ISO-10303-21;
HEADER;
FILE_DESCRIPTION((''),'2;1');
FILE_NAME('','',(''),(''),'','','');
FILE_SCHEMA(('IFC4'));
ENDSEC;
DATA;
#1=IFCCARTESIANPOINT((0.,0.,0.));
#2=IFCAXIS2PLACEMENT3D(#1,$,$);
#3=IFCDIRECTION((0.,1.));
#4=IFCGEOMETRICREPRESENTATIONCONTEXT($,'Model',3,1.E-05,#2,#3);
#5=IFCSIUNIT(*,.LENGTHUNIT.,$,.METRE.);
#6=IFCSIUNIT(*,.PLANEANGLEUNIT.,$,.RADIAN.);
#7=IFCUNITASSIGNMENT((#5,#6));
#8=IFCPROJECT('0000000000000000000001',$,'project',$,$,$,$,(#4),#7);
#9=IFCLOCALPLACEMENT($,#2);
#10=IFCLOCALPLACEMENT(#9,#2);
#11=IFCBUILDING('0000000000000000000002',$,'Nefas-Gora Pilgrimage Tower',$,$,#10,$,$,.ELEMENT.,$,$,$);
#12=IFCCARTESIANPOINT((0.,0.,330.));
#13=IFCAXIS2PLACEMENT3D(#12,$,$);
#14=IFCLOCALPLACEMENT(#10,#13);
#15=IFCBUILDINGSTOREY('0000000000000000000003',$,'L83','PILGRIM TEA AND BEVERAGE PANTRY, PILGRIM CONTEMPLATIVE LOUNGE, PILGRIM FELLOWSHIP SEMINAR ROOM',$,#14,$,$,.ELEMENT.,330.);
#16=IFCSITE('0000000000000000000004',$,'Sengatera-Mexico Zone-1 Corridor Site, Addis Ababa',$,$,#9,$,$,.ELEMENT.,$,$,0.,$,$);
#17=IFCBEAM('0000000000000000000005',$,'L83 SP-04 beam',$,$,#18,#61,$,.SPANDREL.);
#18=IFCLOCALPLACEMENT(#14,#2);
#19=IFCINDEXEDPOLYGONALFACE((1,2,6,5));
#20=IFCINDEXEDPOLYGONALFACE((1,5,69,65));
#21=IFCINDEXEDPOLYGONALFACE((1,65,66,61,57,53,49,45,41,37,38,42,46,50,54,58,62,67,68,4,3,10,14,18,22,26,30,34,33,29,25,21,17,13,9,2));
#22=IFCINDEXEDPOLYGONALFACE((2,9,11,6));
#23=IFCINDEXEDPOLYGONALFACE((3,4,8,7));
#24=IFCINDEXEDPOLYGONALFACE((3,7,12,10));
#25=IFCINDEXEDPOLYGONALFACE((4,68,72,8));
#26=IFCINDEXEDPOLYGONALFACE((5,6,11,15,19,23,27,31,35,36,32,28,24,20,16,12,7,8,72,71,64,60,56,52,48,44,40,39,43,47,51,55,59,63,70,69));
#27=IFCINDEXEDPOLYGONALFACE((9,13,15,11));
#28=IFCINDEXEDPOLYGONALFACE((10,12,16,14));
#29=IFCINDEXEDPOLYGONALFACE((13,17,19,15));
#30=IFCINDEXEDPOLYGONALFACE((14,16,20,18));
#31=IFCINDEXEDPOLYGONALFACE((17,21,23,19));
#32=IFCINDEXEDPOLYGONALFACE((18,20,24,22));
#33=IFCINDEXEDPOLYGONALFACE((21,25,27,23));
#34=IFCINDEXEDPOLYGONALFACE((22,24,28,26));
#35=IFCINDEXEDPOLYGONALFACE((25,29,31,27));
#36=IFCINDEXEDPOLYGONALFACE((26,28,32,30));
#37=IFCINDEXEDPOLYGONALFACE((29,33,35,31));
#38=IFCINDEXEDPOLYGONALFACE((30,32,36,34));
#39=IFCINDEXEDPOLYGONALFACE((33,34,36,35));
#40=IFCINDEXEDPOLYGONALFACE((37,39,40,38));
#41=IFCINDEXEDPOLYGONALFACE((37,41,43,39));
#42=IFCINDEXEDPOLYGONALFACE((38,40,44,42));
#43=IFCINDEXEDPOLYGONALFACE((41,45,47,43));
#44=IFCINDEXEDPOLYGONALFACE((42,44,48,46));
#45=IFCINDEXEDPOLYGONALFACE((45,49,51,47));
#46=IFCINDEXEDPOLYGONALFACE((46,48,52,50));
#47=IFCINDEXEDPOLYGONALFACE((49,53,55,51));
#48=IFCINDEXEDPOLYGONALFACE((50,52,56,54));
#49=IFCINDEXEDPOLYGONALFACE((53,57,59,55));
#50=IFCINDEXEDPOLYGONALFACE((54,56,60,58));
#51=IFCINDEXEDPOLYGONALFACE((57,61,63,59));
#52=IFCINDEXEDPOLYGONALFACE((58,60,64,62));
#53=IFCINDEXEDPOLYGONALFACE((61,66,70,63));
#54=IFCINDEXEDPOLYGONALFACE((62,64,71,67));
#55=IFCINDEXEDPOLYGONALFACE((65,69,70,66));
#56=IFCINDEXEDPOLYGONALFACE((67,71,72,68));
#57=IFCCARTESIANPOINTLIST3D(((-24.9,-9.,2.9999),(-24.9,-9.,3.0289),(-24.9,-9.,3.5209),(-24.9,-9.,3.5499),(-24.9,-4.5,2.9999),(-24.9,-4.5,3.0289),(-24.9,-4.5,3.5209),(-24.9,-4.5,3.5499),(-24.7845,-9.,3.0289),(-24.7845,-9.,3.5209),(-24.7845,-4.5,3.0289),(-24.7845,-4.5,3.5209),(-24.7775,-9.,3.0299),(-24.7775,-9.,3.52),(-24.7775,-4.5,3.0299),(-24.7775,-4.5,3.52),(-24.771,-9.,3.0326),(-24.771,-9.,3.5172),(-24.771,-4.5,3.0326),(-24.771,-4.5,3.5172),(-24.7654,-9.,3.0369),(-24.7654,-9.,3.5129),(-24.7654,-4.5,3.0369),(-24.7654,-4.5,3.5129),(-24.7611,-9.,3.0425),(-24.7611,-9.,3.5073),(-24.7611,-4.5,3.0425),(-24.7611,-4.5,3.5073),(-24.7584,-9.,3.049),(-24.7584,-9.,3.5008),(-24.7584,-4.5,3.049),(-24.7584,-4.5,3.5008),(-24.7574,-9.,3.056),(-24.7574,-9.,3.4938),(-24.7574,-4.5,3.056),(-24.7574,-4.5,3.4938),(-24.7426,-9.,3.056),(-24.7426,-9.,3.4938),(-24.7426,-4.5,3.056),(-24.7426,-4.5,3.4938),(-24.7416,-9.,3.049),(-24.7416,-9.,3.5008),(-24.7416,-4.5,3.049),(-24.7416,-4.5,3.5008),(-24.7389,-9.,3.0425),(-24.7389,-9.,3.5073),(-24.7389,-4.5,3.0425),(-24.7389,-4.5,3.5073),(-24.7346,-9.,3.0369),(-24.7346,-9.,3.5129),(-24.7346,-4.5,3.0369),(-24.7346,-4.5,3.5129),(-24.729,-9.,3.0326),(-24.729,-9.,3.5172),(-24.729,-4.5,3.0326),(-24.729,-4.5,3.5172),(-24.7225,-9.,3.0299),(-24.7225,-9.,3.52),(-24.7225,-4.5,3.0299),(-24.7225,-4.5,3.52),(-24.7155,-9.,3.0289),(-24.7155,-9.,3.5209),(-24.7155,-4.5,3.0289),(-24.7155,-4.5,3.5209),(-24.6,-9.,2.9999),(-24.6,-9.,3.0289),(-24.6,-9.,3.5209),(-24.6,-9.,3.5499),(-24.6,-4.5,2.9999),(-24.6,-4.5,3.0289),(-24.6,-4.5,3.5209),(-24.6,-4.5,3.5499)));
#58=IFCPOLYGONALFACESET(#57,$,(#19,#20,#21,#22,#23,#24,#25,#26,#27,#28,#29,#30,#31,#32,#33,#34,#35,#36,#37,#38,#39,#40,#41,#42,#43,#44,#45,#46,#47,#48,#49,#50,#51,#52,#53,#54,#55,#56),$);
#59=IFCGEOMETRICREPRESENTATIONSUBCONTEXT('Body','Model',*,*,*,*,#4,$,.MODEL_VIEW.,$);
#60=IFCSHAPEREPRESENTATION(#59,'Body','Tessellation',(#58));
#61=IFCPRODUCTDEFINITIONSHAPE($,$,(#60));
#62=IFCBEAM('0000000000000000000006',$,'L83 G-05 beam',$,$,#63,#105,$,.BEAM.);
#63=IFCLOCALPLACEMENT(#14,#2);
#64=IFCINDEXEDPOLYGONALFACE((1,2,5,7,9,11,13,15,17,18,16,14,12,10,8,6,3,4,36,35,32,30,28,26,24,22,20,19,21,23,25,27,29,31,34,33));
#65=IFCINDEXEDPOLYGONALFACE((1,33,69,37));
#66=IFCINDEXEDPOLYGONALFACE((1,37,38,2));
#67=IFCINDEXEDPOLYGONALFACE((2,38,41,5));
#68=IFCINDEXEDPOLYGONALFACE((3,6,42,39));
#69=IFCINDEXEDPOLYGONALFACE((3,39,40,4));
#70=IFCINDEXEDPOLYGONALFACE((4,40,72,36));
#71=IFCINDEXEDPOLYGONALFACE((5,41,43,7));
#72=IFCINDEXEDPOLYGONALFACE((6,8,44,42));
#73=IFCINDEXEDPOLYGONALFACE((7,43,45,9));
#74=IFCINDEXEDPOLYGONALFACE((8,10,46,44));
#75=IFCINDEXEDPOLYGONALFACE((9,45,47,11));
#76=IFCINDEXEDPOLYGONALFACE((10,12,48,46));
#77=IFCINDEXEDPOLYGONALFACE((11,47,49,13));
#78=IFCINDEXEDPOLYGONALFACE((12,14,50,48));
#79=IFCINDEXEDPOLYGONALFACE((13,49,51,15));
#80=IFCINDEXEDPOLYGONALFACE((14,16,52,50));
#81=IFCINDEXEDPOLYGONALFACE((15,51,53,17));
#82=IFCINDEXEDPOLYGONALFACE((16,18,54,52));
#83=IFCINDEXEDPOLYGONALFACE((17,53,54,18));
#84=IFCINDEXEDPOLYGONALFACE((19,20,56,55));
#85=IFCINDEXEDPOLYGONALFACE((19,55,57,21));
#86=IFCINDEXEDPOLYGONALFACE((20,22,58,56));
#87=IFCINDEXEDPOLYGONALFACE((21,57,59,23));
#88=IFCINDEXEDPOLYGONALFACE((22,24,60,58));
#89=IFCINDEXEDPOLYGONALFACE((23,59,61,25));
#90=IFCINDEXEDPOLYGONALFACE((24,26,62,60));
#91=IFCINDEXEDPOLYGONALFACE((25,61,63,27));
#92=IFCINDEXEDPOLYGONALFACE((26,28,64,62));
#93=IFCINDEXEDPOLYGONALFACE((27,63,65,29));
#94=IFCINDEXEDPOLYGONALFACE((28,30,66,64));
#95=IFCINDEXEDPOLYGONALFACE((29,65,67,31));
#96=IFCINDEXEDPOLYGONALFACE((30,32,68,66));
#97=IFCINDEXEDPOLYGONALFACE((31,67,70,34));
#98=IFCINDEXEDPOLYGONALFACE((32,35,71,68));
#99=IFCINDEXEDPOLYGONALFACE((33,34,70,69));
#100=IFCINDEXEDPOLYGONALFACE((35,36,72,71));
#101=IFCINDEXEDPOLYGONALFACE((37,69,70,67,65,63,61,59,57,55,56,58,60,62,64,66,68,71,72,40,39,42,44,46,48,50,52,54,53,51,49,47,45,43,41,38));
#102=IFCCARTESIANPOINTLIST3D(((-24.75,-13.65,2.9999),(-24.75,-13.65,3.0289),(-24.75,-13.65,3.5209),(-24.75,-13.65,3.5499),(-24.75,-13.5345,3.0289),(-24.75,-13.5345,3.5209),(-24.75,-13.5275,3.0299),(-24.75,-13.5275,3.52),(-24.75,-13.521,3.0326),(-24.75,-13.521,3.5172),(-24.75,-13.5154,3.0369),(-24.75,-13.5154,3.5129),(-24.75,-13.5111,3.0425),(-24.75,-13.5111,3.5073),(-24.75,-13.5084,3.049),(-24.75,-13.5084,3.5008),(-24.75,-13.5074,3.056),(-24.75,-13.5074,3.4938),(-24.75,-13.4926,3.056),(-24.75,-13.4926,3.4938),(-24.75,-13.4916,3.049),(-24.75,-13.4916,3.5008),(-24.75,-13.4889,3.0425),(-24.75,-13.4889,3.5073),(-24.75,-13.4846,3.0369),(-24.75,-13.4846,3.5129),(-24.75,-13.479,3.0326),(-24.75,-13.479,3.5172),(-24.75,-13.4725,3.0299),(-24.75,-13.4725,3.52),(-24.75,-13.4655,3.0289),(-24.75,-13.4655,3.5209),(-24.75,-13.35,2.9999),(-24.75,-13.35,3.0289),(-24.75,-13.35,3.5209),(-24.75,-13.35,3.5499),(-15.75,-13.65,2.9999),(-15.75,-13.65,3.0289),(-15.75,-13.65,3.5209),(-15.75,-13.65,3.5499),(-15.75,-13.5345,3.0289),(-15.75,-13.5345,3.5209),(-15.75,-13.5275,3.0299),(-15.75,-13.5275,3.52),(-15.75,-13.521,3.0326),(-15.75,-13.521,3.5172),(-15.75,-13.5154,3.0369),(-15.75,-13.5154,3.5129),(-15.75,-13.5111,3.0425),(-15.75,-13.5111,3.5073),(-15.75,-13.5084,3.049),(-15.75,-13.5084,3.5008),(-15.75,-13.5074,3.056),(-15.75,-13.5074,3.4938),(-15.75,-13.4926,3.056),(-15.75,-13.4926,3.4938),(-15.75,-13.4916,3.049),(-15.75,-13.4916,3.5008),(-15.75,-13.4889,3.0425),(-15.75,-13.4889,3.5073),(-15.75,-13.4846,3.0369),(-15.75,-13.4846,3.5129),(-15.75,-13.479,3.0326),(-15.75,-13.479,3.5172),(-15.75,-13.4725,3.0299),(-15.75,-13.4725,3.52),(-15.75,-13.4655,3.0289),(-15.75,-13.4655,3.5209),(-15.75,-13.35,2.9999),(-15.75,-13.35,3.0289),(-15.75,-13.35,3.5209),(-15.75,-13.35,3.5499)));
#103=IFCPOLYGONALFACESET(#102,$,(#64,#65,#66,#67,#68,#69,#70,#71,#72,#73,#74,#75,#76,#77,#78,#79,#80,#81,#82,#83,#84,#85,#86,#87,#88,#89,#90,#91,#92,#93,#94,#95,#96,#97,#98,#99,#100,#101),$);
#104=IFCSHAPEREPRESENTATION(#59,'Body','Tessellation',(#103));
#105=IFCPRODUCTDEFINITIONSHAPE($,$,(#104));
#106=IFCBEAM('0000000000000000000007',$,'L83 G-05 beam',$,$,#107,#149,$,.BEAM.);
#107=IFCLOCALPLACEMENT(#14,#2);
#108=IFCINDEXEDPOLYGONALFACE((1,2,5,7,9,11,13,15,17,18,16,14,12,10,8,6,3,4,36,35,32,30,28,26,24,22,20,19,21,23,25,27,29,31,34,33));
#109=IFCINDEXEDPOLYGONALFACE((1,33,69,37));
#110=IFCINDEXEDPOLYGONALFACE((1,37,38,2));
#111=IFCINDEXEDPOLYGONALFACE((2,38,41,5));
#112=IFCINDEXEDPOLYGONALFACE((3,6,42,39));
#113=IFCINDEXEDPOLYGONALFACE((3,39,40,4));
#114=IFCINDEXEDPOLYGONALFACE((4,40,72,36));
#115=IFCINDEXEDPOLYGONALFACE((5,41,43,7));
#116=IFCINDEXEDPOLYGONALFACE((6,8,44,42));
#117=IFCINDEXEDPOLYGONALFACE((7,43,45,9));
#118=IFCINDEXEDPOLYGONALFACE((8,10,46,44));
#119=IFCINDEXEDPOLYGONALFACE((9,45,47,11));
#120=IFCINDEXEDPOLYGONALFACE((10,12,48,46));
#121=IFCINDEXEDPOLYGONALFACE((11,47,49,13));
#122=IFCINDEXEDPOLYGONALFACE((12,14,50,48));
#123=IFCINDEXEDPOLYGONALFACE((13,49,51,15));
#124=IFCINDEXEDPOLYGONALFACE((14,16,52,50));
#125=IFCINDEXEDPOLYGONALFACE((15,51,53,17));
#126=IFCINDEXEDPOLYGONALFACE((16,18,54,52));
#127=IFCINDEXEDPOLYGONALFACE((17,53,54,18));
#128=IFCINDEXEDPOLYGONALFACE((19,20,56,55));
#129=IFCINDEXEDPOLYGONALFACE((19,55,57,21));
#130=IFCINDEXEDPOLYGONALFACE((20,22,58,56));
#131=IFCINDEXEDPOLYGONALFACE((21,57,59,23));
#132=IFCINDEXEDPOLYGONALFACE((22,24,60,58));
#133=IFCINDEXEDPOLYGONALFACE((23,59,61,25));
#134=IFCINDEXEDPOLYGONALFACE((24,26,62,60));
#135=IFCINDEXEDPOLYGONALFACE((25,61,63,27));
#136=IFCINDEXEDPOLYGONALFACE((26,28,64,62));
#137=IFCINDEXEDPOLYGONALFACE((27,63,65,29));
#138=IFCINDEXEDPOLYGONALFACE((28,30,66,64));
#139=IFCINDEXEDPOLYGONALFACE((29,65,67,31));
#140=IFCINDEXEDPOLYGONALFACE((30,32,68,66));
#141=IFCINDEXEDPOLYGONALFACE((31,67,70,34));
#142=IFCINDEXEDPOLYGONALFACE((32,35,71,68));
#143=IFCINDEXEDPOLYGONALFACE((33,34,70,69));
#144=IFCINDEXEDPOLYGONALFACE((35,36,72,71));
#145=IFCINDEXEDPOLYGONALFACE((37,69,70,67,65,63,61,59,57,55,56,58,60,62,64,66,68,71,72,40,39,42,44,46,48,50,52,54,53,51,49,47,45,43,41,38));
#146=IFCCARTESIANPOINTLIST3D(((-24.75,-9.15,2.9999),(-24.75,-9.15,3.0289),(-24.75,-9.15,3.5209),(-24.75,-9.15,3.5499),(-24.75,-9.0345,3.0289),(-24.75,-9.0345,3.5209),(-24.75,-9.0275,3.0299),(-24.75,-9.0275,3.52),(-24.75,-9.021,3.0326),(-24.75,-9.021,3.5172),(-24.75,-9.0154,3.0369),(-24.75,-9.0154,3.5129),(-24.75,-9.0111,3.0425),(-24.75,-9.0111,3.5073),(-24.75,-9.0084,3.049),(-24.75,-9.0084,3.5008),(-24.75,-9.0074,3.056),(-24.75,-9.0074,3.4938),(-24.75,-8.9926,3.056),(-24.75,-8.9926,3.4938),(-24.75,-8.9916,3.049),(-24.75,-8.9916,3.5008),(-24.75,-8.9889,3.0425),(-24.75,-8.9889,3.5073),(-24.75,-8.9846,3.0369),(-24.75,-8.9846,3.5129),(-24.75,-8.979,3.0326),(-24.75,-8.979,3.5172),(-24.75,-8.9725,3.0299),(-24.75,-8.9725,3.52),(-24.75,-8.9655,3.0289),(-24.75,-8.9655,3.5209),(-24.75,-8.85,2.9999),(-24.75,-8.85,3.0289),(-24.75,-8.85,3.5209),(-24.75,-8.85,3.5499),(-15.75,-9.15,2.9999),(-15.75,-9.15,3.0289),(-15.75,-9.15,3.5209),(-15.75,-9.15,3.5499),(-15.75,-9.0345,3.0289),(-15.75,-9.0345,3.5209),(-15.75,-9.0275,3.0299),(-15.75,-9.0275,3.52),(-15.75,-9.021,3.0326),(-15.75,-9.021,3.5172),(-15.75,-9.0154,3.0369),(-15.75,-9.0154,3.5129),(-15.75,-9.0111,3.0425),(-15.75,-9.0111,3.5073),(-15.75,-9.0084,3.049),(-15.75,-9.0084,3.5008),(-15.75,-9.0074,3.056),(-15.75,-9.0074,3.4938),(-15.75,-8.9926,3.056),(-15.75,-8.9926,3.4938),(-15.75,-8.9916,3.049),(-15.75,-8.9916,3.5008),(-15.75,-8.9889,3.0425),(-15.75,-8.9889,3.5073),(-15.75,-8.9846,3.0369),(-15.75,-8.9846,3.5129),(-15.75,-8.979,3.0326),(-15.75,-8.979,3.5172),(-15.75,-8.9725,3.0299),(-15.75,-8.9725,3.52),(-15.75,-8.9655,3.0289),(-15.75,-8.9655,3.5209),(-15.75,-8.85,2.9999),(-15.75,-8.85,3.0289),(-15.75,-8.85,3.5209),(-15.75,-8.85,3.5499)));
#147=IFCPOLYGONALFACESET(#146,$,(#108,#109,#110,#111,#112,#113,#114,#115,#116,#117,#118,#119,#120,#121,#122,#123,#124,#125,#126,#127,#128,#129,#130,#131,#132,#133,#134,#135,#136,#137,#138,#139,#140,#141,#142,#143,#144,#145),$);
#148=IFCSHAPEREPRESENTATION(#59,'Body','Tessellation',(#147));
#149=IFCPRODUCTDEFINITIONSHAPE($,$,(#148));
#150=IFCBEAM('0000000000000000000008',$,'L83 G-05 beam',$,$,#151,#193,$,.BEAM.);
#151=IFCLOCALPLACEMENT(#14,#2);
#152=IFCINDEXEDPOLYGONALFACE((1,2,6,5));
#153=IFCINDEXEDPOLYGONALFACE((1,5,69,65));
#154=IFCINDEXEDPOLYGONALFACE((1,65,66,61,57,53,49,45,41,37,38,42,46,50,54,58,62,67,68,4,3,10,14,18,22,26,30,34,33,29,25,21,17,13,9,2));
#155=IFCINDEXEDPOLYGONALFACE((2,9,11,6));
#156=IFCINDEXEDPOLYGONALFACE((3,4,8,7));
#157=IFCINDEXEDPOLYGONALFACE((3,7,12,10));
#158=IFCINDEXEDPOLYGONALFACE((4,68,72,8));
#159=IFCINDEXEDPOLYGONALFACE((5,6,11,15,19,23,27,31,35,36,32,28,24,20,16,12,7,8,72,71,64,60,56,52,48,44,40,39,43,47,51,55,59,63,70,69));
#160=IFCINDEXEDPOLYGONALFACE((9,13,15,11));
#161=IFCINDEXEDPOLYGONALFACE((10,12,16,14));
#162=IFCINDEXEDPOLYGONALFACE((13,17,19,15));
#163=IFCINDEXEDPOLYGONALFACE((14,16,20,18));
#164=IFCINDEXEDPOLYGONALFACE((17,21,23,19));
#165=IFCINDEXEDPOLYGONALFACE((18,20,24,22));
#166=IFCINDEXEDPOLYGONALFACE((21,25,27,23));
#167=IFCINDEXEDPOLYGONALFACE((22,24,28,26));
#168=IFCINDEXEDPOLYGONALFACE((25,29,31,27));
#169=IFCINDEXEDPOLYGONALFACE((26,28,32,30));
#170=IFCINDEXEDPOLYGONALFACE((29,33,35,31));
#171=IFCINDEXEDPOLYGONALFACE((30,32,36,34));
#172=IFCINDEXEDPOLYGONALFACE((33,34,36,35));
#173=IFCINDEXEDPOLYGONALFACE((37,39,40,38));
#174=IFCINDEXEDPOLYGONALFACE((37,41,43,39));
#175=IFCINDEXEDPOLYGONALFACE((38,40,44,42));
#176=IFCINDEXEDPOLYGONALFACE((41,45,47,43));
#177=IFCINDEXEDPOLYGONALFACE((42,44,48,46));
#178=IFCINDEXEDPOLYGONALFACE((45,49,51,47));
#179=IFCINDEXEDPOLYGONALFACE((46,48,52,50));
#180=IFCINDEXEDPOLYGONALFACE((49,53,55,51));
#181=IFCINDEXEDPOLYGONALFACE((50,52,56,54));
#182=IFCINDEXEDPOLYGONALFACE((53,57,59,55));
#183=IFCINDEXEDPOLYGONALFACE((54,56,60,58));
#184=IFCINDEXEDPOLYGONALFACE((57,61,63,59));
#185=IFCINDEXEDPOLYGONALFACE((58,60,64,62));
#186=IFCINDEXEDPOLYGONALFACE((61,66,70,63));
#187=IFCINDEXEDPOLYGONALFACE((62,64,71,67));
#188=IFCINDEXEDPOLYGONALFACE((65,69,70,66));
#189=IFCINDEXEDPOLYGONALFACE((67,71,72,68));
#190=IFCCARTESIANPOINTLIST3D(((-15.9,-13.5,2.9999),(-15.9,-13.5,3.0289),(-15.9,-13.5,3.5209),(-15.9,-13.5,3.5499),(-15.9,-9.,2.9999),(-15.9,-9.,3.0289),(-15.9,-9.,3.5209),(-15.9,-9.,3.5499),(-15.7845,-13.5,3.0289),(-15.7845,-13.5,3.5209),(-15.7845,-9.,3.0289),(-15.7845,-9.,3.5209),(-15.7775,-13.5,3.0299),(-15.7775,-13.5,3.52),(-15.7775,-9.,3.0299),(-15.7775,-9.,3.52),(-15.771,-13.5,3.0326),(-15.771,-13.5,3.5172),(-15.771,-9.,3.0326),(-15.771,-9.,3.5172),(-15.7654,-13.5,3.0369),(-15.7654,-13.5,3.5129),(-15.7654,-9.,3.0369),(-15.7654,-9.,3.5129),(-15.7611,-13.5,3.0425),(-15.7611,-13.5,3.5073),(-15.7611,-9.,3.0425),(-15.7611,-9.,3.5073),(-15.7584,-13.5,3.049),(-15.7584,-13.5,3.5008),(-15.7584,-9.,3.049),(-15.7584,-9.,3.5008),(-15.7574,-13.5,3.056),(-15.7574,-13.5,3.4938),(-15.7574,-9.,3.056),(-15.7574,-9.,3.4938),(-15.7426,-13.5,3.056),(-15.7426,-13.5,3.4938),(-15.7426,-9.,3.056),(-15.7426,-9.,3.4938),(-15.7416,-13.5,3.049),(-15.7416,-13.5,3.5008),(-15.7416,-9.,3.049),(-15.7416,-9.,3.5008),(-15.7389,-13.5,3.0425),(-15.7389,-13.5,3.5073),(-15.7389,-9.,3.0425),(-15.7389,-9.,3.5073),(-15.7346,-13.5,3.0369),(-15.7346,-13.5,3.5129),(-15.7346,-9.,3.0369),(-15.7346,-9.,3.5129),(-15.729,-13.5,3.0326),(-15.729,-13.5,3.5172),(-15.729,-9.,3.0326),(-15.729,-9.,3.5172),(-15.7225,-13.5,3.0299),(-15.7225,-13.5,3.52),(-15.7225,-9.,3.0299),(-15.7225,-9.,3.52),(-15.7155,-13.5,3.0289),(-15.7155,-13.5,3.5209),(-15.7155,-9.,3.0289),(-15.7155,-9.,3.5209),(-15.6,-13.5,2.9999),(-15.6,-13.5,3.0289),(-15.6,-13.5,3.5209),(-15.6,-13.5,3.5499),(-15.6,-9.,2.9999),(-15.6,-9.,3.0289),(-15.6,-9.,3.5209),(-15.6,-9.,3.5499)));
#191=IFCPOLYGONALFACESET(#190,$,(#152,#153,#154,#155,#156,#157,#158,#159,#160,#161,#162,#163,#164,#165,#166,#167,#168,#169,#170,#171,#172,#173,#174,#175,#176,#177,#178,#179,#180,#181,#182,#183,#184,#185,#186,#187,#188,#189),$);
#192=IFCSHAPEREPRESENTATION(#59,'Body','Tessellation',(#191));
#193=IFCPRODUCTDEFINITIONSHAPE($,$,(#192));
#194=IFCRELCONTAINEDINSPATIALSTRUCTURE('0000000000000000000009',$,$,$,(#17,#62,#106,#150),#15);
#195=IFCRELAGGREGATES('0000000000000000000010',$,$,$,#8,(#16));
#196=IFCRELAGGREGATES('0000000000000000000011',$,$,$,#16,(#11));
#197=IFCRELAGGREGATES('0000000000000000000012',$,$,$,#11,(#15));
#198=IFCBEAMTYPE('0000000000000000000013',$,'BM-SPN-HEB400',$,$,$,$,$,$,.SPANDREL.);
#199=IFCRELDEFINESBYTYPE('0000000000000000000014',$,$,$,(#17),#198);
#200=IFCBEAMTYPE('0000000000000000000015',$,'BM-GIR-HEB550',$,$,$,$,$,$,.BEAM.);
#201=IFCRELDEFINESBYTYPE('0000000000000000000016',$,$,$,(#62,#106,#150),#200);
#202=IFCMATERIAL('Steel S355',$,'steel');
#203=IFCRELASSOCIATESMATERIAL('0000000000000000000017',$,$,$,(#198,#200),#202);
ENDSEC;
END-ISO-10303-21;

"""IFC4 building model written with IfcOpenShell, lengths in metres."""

from ifc_helpers import new_model, si_unit, direction, frame, origin, origin_2d, place, context, subcontext, project, spatial, i_section, extrude, source, transform, mapped, material, material_profile, profile_set, type_object, element, save


model = new_model("IFC4")

# Units and contexts
model_context = context("Model", 3, precision=1e-05, world=origin(), true_north=direction((0.0, 1.0)))
body_context = subcontext(model_context, "Body", "Model", "MODEL_VIEW")
ifc_project = project(units=[si_unit("LENGTHUNIT", "METRE"), si_unit("PLANEANGLEUNIT", "RADIAN")], contexts=[model_context])

# Site, building, storey
site_placement = place(None, origin())
site = spatial("IfcSite", under=ifc_project, at=site_placement, Name="Sengatera-Mexico Zone-1 Corridor Site, Addis Ababa", CompositionType="ELEMENT", RefElevation=0.0)
building_placement = place(site_placement, origin())
building = spatial("IfcBuilding", under=site, at=building_placement, Name="Nefas-Gora Pilgrimage Tower", CompositionType="ELEMENT")
storey_placement = place(building_placement, frame((0.0, 0.0, 330.0)))
storey = spatial("IfcBuildingStorey", under=building, at=storey_placement, Name="L83", Description="PILGRIM TEA AND BEVERAGE PANTRY, PILGRIM CONTEMPLATIVE LOUNGE, PILGRIM FELLOWSHIP SEMINAR ROOM", CompositionType="ELEMENT", Elevation=330.0)

# Shared definitions
ifc_material_1 = material(Name="Steel S355", Category="steel")

# Beams
ifc_material_profile_1 = material_profile(ifc_material_1, i_section(OverallWidth=0.3, OverallDepth=0.55, WebThickness=0.0149, FlangeThickness=0.0291, FilletRadius=0.0271, at=origin_2d()), Name="HEB 550")
ifc_profile_set_1 = profile_set([ifc_material_profile_1], Name="Steel S355")
beam_type_1 = type_object("IfcBeamType", Name="BM-SPN-HEB400", PredefinedType="SPANDREL", material=ifc_profile_set_1)
shared_shape_1 = source(origin(), body_context, "Body", "SweptSolid", [
    extrude(i_section(OverallWidth=0.3, OverallDepth=0.55, WebThickness=0.0149, FlangeThickness=0.0291, FilletRadius=0.0271, at=origin_2d()), origin(), (0.0, 0.0, 1.0), 4.5),
])
for number, where, z_axis, x_axis, name in (
    (1, (-24.75, -9.0, 3.2749), (0.0, 1.0, 0.0), (-1.0, 0.0, 0.0), "L83 SP-04 beam"),
):
    element("IfcBeam", number, at=place(storey_placement, frame(where, z_axis=z_axis, x_axis=x_axis)), inside=storey, type_object=beam_type_1, Name=name, PredefinedType="SPANDREL", context=body_context, shape_type="MappedRepresentation", body=[
        mapped(shared_shape_1, transform((0.0, 0.0, 0.0), x_axis=(1.0, 0.0, 0.0), y_axis=(0.0, 1.0, 0.0), z_axis=(0.0, 0.0, 1.0), scale=1.0)),
    ])
ifc_material_profile_2 = material_profile(ifc_material_1, i_section(OverallWidth=0.3, OverallDepth=0.55, WebThickness=0.0149, FlangeThickness=0.0291, FilletRadius=0.0271, at=origin_2d()), Name="HEB 550")
ifc_profile_set_2 = profile_set([ifc_material_profile_2], Name="Steel S355")
beam_type_2 = type_object("IfcBeamType", Name="BM-GIR-HEB550", PredefinedType="BEAM", material=ifc_profile_set_2)
shared_shape_2 = source(origin(), body_context, "Body", "SweptSolid", [
    extrude(i_section(OverallWidth=0.3, OverallDepth=0.55, WebThickness=0.0149, FlangeThickness=0.0291, FilletRadius=0.0271, at=origin_2d()), origin(), (0.0, 0.0, 1.0), 9.0),
])
for number, where, z_axis, x_axis, name in (
    (2, (-24.75, -13.5, 3.2749), (1.0, 0.0, 0.0), (0.0, 1.0, 0.0), "L83 G-05 beam"),
    (3, (-24.75, -9.0, 3.2749), (1.0, 0.0, 0.0), (0.0, 1.0, 0.0), "L83 G-05 beam"),
):
    element("IfcBeam", number, at=place(storey_placement, frame(where, z_axis=z_axis, x_axis=x_axis)), inside=storey, type_object=beam_type_2, Name=name, PredefinedType="BEAM", context=body_context, shape_type="MappedRepresentation", body=[
        mapped(shared_shape_2, transform((0.0, 0.0, 0.0), x_axis=(1.0, 0.0, 0.0), y_axis=(0.0, 1.0, 0.0), z_axis=(0.0, 0.0, 1.0), scale=1.0)),
    ])
shared_shape_3 = source(origin(), body_context, "Body", "SweptSolid", [
    extrude(i_section(OverallWidth=0.3, OverallDepth=0.55, WebThickness=0.0149, FlangeThickness=0.0291, FilletRadius=0.0271, at=origin_2d()), origin(), (0.0, 0.0, 1.0), 4.5),
])
for number, where, z_axis, x_axis, name in (
    (4, (-15.75, -13.5, 3.2749), (0.0, 1.0, 0.0), (-1.0, 0.0, 0.0), "L83 G-05 beam"),
):
    element("IfcBeam", number, at=place(storey_placement, frame(where, z_axis=z_axis, x_axis=x_axis)), inside=storey, type_object=beam_type_2, Name=name, PredefinedType="BEAM", context=body_context, shape_type="MappedRepresentation", body=[
        mapped(shared_shape_3, transform((0.0, 0.0, 0.0), x_axis=(1.0, 0.0, 0.0), y_axis=(0.0, 1.0, 0.0), z_axis=(0.0, 0.0, 1.0), scale=1.0)),
    ])

save(model, "model.ifc")
